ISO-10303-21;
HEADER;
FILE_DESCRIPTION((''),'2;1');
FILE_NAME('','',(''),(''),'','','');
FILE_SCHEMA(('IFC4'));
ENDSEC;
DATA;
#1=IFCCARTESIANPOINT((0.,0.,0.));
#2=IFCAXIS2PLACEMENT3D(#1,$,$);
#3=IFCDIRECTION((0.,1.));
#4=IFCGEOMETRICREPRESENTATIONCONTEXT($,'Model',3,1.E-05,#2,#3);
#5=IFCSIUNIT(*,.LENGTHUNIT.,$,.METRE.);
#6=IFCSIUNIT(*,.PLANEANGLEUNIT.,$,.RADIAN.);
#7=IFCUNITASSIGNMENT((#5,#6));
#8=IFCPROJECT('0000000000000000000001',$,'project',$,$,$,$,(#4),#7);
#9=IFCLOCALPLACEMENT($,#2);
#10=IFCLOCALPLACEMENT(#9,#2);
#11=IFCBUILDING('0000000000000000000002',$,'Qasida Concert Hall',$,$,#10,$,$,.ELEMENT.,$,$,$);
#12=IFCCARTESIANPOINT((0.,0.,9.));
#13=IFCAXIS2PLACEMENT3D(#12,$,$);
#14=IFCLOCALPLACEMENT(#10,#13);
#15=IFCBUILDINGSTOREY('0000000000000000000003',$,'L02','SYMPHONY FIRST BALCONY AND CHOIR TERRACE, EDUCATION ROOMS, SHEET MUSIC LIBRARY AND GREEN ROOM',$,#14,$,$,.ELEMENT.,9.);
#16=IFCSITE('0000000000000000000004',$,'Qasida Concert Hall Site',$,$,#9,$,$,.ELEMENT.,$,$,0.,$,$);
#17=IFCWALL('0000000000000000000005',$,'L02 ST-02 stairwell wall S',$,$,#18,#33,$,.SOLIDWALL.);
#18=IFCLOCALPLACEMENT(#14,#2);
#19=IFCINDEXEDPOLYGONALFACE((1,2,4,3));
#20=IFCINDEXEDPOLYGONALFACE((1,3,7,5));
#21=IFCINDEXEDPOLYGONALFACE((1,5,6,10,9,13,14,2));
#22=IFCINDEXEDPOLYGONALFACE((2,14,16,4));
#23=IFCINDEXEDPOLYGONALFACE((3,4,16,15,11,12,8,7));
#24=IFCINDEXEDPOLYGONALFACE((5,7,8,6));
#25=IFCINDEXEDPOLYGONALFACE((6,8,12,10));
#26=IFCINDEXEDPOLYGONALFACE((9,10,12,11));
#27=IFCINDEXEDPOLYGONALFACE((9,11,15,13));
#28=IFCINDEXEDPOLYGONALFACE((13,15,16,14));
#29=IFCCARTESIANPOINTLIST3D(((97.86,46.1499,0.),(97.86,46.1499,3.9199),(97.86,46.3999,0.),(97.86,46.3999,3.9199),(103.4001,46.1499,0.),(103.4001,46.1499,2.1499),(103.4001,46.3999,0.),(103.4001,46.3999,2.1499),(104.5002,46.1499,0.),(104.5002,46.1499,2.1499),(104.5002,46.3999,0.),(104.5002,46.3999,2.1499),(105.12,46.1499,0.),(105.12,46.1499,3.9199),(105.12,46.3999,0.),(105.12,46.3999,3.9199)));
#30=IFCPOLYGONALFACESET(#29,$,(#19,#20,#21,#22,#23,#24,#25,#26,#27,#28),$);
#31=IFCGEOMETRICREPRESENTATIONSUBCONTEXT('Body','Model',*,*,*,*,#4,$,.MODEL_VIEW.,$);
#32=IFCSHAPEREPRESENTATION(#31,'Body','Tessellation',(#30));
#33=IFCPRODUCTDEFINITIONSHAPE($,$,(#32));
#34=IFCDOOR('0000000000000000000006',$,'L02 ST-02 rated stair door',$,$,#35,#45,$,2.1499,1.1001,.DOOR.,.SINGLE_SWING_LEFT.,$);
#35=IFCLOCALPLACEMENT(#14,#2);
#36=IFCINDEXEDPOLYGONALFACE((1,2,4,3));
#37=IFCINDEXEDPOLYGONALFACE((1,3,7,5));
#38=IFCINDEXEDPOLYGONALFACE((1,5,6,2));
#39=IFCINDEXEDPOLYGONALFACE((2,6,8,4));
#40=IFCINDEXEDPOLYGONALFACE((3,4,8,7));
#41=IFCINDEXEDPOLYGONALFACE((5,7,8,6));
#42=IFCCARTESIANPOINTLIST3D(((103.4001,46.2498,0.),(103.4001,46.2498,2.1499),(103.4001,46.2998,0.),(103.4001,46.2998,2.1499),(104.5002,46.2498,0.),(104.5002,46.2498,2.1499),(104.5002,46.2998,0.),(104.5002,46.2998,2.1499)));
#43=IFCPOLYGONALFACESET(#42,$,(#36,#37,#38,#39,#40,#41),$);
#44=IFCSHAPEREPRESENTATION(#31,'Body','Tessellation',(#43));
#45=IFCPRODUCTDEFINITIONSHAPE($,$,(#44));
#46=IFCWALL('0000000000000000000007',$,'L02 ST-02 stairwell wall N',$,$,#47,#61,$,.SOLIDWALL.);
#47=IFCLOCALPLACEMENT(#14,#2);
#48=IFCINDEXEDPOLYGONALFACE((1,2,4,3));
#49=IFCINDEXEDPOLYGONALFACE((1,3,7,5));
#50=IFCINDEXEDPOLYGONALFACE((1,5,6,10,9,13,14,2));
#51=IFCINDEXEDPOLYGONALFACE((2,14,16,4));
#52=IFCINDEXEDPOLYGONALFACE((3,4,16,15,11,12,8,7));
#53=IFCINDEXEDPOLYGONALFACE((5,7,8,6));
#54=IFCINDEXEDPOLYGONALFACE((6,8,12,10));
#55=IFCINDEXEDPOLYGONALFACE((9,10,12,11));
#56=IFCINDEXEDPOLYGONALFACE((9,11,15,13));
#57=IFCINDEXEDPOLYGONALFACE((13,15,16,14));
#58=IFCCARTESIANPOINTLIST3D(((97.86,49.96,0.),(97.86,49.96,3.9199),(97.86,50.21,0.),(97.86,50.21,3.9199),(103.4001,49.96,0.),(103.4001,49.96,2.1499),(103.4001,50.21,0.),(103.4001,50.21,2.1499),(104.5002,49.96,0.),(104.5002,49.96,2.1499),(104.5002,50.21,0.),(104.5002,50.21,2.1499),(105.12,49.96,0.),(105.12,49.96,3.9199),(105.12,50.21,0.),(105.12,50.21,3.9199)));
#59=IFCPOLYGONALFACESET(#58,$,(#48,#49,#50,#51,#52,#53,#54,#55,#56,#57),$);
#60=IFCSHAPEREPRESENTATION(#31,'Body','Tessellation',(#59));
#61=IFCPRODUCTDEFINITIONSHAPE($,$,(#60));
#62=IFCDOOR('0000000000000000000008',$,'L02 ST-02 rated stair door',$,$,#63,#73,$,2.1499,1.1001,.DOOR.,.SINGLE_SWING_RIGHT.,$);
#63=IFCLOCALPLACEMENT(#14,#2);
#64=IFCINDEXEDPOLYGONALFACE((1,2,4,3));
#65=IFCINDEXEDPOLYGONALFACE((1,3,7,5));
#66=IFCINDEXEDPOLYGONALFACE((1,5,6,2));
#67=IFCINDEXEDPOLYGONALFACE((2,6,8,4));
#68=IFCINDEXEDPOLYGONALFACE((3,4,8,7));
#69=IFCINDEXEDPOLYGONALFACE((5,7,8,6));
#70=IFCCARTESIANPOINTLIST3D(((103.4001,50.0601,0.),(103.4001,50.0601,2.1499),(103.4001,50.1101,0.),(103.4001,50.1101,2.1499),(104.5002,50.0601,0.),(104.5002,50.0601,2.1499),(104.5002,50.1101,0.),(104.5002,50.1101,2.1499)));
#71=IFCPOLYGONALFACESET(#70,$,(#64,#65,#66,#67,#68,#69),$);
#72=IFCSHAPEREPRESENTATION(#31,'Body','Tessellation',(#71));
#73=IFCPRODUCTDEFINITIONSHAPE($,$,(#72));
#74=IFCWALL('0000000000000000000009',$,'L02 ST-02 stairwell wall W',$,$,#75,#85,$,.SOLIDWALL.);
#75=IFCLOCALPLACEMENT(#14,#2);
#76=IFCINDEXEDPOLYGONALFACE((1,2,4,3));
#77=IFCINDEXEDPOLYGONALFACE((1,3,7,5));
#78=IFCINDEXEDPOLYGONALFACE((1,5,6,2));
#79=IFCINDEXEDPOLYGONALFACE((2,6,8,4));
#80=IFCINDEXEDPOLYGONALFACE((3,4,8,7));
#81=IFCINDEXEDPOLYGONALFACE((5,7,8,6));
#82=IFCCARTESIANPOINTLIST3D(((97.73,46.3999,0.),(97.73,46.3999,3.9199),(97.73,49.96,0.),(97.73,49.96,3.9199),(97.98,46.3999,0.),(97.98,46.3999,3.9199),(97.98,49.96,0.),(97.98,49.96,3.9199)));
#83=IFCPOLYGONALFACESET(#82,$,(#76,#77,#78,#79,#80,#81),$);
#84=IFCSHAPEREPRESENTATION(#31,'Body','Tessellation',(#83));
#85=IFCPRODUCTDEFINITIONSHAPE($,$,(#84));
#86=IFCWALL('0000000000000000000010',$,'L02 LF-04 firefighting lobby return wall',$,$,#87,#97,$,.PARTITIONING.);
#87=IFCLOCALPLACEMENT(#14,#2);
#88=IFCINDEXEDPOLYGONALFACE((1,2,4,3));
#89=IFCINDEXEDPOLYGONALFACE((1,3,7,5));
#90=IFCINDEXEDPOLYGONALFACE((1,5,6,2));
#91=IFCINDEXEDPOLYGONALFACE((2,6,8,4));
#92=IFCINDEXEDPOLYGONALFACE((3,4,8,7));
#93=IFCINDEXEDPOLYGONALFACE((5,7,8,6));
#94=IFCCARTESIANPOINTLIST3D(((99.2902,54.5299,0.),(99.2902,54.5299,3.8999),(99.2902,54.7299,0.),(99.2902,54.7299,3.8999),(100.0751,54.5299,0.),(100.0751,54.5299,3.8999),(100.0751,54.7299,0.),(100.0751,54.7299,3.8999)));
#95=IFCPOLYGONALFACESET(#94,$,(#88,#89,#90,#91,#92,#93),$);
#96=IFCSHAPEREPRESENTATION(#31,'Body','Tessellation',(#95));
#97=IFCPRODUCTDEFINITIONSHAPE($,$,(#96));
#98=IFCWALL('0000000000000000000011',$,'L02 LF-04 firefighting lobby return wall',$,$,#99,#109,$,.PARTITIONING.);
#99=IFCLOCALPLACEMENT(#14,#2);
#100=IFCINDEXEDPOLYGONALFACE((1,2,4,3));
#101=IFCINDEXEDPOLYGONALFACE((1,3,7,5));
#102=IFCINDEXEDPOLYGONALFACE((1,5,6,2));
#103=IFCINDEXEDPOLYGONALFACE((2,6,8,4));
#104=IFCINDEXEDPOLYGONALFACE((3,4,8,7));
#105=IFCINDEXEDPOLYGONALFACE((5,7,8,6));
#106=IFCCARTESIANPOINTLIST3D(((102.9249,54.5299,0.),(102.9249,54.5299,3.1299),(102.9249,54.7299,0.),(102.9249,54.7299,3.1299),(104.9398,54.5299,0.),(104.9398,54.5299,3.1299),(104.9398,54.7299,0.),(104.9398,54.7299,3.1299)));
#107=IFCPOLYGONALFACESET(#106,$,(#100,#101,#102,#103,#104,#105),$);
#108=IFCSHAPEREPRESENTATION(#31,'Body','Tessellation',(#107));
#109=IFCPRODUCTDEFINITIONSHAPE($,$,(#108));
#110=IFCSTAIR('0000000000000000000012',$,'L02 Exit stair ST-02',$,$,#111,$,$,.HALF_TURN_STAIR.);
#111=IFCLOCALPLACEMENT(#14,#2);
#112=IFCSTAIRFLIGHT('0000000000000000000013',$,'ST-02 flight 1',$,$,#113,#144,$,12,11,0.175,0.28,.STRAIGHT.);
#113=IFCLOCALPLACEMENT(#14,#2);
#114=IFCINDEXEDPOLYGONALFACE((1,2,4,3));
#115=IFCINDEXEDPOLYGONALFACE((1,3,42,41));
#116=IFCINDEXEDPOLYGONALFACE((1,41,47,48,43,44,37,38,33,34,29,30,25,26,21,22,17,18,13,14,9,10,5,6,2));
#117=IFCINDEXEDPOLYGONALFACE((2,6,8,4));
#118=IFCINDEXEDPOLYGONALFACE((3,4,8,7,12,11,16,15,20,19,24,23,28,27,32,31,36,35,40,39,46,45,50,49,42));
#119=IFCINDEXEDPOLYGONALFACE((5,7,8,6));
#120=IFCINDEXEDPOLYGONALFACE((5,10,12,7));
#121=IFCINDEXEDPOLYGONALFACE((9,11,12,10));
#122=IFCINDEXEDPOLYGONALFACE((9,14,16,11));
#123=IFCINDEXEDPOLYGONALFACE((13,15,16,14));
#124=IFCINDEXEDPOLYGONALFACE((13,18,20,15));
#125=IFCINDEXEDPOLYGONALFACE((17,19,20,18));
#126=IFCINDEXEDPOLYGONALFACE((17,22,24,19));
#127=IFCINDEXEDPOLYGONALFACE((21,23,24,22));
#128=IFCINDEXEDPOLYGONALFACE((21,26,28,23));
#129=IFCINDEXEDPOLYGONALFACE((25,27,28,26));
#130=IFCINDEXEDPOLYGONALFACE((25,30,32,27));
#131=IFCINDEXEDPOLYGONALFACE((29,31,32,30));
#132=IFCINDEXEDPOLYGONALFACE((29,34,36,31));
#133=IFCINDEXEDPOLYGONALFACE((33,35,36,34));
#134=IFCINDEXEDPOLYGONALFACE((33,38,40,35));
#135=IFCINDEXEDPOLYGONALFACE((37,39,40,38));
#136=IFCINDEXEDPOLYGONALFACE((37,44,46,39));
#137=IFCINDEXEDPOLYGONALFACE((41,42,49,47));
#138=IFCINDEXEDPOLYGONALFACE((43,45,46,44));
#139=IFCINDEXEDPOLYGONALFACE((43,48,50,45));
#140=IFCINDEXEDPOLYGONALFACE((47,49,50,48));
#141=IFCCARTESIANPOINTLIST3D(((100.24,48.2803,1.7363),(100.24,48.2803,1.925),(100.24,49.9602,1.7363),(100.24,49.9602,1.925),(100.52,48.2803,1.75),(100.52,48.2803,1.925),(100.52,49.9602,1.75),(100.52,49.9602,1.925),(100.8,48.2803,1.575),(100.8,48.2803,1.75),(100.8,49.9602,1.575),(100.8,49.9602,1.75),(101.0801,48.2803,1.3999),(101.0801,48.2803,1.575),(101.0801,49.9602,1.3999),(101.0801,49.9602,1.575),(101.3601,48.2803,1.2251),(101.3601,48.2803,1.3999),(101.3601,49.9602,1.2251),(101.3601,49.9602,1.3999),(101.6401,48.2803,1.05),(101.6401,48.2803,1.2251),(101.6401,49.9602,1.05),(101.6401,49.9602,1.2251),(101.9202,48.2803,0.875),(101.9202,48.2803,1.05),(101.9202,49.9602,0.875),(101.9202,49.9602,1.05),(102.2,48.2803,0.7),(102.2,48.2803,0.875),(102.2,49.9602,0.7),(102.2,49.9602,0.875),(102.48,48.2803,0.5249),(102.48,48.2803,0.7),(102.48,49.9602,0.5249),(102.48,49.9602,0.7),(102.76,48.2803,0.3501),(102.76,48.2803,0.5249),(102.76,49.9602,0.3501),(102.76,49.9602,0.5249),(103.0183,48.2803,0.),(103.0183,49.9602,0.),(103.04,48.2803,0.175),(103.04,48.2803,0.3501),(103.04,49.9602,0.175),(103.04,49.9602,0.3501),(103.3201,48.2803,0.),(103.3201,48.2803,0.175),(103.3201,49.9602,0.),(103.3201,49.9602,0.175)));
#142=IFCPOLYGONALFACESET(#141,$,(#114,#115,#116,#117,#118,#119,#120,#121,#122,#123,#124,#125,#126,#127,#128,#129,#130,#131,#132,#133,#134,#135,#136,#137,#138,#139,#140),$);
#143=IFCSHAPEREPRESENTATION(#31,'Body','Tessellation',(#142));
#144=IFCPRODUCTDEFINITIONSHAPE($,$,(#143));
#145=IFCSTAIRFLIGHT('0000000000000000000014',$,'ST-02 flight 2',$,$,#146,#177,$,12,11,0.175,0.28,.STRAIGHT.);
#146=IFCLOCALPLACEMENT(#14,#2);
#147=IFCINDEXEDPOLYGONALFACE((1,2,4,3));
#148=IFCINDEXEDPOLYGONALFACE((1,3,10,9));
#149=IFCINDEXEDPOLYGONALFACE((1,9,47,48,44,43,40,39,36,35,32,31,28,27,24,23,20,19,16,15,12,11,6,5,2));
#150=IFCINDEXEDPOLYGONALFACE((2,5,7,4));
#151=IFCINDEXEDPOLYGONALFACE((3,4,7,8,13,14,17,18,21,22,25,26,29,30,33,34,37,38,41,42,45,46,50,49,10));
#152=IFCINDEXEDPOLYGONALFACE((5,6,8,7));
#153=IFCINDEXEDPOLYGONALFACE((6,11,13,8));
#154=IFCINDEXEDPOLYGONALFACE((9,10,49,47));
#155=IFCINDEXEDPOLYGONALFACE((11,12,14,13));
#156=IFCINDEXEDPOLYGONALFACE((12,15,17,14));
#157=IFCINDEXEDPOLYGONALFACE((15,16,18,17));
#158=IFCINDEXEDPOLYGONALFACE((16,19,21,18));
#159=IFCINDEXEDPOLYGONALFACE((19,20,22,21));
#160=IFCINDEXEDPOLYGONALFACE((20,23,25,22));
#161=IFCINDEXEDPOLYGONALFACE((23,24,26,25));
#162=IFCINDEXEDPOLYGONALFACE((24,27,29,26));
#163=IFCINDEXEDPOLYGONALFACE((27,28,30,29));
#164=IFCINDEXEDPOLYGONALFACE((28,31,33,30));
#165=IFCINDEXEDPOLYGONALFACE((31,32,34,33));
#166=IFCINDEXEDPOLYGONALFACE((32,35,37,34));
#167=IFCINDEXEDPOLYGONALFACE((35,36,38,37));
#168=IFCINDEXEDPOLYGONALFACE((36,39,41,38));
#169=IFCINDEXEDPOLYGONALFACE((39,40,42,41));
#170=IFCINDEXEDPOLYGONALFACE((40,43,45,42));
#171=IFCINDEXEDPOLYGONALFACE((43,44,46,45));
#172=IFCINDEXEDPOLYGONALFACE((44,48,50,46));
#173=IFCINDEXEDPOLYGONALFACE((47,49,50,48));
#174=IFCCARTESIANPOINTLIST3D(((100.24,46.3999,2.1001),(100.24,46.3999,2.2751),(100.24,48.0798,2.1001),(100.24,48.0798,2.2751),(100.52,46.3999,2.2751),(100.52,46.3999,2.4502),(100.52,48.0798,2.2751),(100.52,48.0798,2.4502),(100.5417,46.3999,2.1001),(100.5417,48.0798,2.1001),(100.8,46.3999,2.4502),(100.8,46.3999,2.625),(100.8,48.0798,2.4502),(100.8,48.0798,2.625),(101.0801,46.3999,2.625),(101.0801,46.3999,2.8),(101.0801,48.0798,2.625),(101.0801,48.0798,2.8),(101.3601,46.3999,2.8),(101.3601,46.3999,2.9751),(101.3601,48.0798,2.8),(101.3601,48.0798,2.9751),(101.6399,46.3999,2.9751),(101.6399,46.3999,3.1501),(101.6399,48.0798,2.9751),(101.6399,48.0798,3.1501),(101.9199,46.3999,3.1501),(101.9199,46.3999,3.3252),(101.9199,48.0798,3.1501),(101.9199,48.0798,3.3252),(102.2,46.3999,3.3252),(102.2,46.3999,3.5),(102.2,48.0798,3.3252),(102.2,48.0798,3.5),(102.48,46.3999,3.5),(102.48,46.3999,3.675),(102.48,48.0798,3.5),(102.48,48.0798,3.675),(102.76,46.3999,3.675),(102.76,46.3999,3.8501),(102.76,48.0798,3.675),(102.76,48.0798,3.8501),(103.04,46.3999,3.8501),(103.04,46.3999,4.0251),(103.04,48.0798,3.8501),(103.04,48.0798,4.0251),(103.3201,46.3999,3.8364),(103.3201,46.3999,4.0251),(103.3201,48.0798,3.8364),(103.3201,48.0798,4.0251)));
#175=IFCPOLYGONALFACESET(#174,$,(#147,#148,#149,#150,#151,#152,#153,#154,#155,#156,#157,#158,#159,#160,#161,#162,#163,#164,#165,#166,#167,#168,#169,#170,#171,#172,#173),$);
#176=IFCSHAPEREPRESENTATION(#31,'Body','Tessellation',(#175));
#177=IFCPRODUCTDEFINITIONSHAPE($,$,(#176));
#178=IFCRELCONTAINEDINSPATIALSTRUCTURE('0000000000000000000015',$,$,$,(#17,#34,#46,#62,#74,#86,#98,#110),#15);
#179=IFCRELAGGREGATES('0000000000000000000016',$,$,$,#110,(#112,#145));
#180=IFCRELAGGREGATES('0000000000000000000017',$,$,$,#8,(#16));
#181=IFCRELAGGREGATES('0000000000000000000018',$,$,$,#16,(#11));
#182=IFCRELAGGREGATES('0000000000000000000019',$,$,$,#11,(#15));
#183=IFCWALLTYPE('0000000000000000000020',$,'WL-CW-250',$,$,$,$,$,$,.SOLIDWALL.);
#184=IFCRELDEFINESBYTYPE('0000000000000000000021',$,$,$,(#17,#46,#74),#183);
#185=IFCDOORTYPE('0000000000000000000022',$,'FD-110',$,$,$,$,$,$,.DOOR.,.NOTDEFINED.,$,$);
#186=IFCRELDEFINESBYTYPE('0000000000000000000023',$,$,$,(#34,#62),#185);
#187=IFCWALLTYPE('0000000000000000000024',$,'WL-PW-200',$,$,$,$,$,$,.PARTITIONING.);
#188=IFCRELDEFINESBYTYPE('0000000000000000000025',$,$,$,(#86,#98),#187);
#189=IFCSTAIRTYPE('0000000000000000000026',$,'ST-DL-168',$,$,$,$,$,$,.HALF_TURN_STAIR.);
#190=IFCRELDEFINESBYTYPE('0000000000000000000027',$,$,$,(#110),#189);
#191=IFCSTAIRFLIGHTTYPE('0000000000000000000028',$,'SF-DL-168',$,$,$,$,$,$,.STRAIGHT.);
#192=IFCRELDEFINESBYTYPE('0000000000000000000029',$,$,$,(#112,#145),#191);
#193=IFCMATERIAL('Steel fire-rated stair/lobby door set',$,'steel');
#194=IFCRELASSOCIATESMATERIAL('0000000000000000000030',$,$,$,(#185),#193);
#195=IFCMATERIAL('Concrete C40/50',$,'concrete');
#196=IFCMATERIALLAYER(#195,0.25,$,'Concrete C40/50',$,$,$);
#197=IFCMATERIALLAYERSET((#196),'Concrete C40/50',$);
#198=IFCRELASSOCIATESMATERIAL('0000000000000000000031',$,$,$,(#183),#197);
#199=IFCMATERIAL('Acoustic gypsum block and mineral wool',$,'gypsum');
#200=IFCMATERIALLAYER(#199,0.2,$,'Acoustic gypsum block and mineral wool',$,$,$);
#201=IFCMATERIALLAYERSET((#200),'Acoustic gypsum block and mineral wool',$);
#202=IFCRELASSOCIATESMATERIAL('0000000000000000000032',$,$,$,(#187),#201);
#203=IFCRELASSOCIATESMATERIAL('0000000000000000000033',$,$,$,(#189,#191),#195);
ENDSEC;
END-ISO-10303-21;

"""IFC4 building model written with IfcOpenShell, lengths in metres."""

from ifc_helpers import new_model, si_unit, direction, frame, frame_2d, origin, place, context, subcontext, project, spatial, polyline, rectangle, outline, extrude, material, layer, layer_set, type_object, element, fill, aggregate, save


model = new_model("IFC4")

# Units and contexts
model_context = context("Model", 3, precision=1e-05, world=origin(), true_north=direction((0.0, 1.0)))
body_context = subcontext(model_context, "Body", "Model", "MODEL_VIEW")
ifc_project = project(units=[si_unit("LENGTHUNIT", "METRE"), si_unit("PLANEANGLEUNIT", "RADIAN")], contexts=[model_context])

# Site, building, storey
site_placement = place(None, origin())
site = spatial("IfcSite", under=ifc_project, at=site_placement, Name="Qasida Concert Hall Site", CompositionType="ELEMENT", RefElevation=0.0)
building_placement = place(site_placement, origin())
building = spatial("IfcBuilding", under=site, at=building_placement, Name="Qasida Concert Hall", CompositionType="ELEMENT")
storey_placement = place(building_placement, frame((0.0, 0.0, 9.0)))
storey = spatial("IfcBuildingStorey", under=building, at=storey_placement, Name="L02", Description="SYMPHONY FIRST BALCONY AND CHOIR TERRACE, EDUCATION ROOMS, SHEET MUSIC LIBRARY AND GREEN ROOM", CompositionType="ELEMENT", Elevation=9.0)

# Shared definitions
ifc_material_1 = material(Name="Concrete C40/50", Category="concrete")

# Walls, openings, doors
ifc_material_2 = material(Name="Steel fire-rated stair/lobby door set", Category="steel")
door_type_1 = type_object("IfcDoorType", Name="FD-110", OperationType="NOTDEFINED", PredefinedType="DOOR", material=ifc_material_2)
ifc_layer_1 = layer(ifc_material_1, 0.25, Name="Concrete C40/50")
ifc_layer_set_1 = layer_set([ifc_layer_1], Name="Concrete C40/50")
wall_type_1 = type_object("IfcWallType", Name="WL-CW-250", PredefinedType="SOLIDWALL", material=ifc_layer_set_1)
wall_1_placement = place(storey_placement, frame((97.8601, 46.2749, 0.0), z_axis=(0.0, 0.0, 1.0), x_axis=(1.0, 0.0, 0.0)))
wall_1 = element("IfcWall", 1, at=wall_1_placement, inside=storey, type_object=wall_type_1, Name="L02 ST-02 stairwell wall S", PredefinedType="SOLIDWALL", context=body_context, shape_type="SweptSolid", body=[
    extrude(rectangle(XDim=7.26, YDim=0.25, at=frame_2d((3.6299, 0.0))), origin(), (0.0, 0.0, 1.0), 3.9199),
])
opening_1_placement = place(wall_1_placement, frame((5.54, 0.0, 0.0)))
opening_1 = element("IfcOpeningElement", 2, at=opening_1_placement, cuts=wall_1, PredefinedType="OPENING", context=body_context, shape_type="SweptSolid", body=[
    extrude(rectangle(XDim=1.1001, YDim=2.1499, at=frame_2d((0.55, 1.075))), frame((0.0, 0.135, 0.0), z_axis=(0.0, -1.0, 0.0), x_axis=(1.0, 0.0, 0.0)), (0.0, 0.0, 1.0), 0.27),
])
door_1_placement = place(opening_1_placement, origin())
door_1 = element("IfcDoor", 3, at=door_1_placement, inside=storey, type_object=door_type_1, Name="L02 ST-02 rated stair door", OperationType="SINGLE_SWING_LEFT", OverallHeight=2.1499, OverallWidth=1.1001, PredefinedType="DOOR", context=body_context, shape_type="SweptSolid", body=[
    extrude(rectangle(XDim=1.1001, YDim=2.1499, at=frame_2d((0.55, 1.075))), frame((0.0, 0.0249, 0.0), z_axis=(0.0, -1.0, 0.0), x_axis=(1.0, 0.0, 0.0)), (0.0, 0.0, 1.0), 0.05),
])
fill(opening_1, door_1)
wall_2_placement = place(storey_placement, frame((97.8601, 50.085, 0.0), z_axis=(0.0, 0.0, 1.0), x_axis=(1.0, 0.0, 0.0)))
wall_2 = element("IfcWall", 4, at=wall_2_placement, inside=storey, type_object=wall_type_1, Name="L02 ST-02 stairwell wall N", PredefinedType="SOLIDWALL", context=body_context, shape_type="SweptSolid", body=[
    extrude(rectangle(XDim=7.26, YDim=0.25, at=frame_2d((3.6299, 0.0))), origin(), (0.0, 0.0, 1.0), 3.9199),
])
opening_2_placement = place(wall_2_placement, frame((5.54, 0.0, 0.0)))
opening_2 = element("IfcOpeningElement", 5, at=opening_2_placement, cuts=wall_2, PredefinedType="OPENING", context=body_context, shape_type="SweptSolid", body=[
    extrude(rectangle(XDim=1.1001, YDim=2.1499, at=frame_2d((0.55, 1.075))), frame((0.0, 0.135, 0.0), z_axis=(0.0, -1.0, 0.0), x_axis=(1.0, 0.0, 0.0)), (0.0, 0.0, 1.0), 0.27),
])
door_2_placement = place(opening_2_placement, frame((1.1001, 0.0, 0.0), z_axis=(0.0, 0.0, 1.0), x_axis=(-1.0, 0.0, 0.0)))
door_2 = element("IfcDoor", 6, at=door_2_placement, inside=storey, type_object=door_type_1, Name="L02 ST-02 rated stair door", OperationType="SINGLE_SWING_RIGHT", OverallHeight=2.1499, OverallWidth=1.1001, PredefinedType="DOOR", context=body_context, shape_type="SweptSolid", body=[
    extrude(rectangle(XDim=1.1001, YDim=2.1499, at=frame_2d((0.55, 1.075))), frame((0.0, 0.0249, 0.0), z_axis=(0.0, -1.0, 0.0), x_axis=(1.0, 0.0, 0.0)), (0.0, 0.0, 1.0), 0.05),
])
fill(opening_2, door_2)

# Walls
wall_3_placement = place(storey_placement, frame((97.855, 46.3999, 0.0), z_axis=(0.0, 0.0, 1.0), x_axis=(0.0, 1.0, 0.0)))
element("IfcWall", 7, at=wall_3_placement, inside=storey, type_object=wall_type_1, Name="L02 ST-02 stairwell wall W", PredefinedType="SOLIDWALL", context=body_context, shape_type="SweptSolid", body=[
    extrude(rectangle(XDim=3.5601, YDim=0.25, at=frame_2d((1.78, 0.0))), origin(), (0.0, 0.0, 1.0), 3.9199),
])
ifc_material_3 = material(Name="Acoustic gypsum block and mineral wool", Category="gypsum")
ifc_layer_2 = layer(ifc_material_3, 0.2, Name="Acoustic gypsum block and mineral wool")
ifc_layer_set_2 = layer_set([ifc_layer_2], Name="Acoustic gypsum block and mineral wool")
wall_type_2 = type_object("IfcWallType", Name="WL-PW-200", PredefinedType="PARTITIONING", material=ifc_layer_set_2)
wall_4_placement = place(storey_placement, frame((99.29, 54.6299, 0.0), z_axis=(0.0, 0.0, 1.0), x_axis=(1.0, 0.0, 0.0)))
element("IfcWall", 8, at=wall_4_placement, inside=storey, type_object=wall_type_2, Name="L02 LF-04 firefighting lobby return wall", PredefinedType="PARTITIONING", context=body_context, shape_type="SweptSolid", body=[
    extrude(rectangle(XDim=0.7849, YDim=0.2, at=frame_2d((0.3926, 0.0))), origin(), (0.0, 0.0, 1.0), 3.8999),
])
wall_5_placement = place(storey_placement, frame((102.925, 54.6299, 0.0), z_axis=(0.0, 0.0, 1.0), x_axis=(1.0, 0.0, 0.0)))
element("IfcWall", 9, at=wall_5_placement, inside=storey, type_object=wall_type_2, Name="L02 LF-04 firefighting lobby return wall", PredefinedType="PARTITIONING", context=body_context, shape_type="SweptSolid", body=[
    extrude(rectangle(XDim=2.0149, YDim=0.2, at=frame_2d((1.0073, 0.0))), origin(), (0.0, 0.0, 1.0), 3.1299),
])

# Stair, stair flights
stair_type = type_object("IfcStairType", Name="ST-DL-168", PredefinedType="HALF_TURN_STAIR", material=ifc_material_1)
stair_placement = place(storey_placement, origin())
stair = element("IfcStair", 10, at=stair_placement, inside=storey, type_object=stair_type, Name="L02 Exit stair ST-02", PredefinedType="HALF_TURN_STAIR")
stair_flight_type = type_object("IfcStairFlightType", Name="SF-DL-168", PredefinedType="STRAIGHT", material=ifc_material_1)
stair_flight_1_placement = place(storey_placement, frame((103.3201, 49.1201, 0.0), z_axis=(0.0, 0.0, 1.0), x_axis=(-1.0, 0.0, 0.0)))
stair_flight_1 = element("IfcStairFlight", 11, at=stair_flight_1_placement, type_object=stair_flight_type, Name="ST-02 flight 1", NumberOfRisers=12, NumberOfTreads=11, PredefinedType="STRAIGHT", RiserHeight=0.175, TreadLength=0.28, context=body_context, shape_type="SweptSolid", body=[
    extrude(outline(polyline([(0.0, 0.0), (0.0, 0.175), (0.28, 0.175), (0.28, 0.3501), (0.5601, 0.3501), (0.5601, 0.5249), (0.8401, 0.5249), (0.8401, 0.7), (1.1201, 0.7), (1.1201, 0.875), (1.3999, 0.875), (1.3999, 1.05), (1.6799, 1.05), (1.6799, 1.2251), (1.96, 1.2251), (1.96, 1.3999), (2.24, 1.3999), (2.24, 1.575), (2.52, 1.575), (2.52, 1.75), (2.8, 1.75), (2.8, 1.925), (3.0801, 1.925), (3.0801, 2.1001), (3.0801, 1.7363), (0.3018, 0.0), (0.0, 0.0)])), frame((0.0, 0.8398, 0.0), z_axis=(0.0, -1.0, 0.0), x_axis=(1.0, 0.0, 0.0)), (0.0, 0.0, 1.0), 1.6799),
])
stair_flight_2_placement = place(storey_placement, frame((100.24, 47.24, 2.1001), z_axis=(0.0, 0.0, 1.0), x_axis=(1.0, 0.0, 0.0)))
stair_flight_2 = element("IfcStairFlight", 12, at=stair_flight_2_placement, type_object=stair_flight_type, Name="ST-02 flight 2", NumberOfRisers=12, NumberOfTreads=11, PredefinedType="STRAIGHT", RiserHeight=0.175, TreadLength=0.28, context=body_context, shape_type="SweptSolid", body=[
    extrude(outline(polyline([(0.0, 0.0), (0.0, 0.175), (0.28, 0.175), (0.28, 0.3501), (0.5601, 0.3501), (0.5601, 0.5249), (0.8401, 0.5249), (0.8401, 0.7), (1.1201, 0.7), (1.1201, 0.875), (1.3999, 0.875), (1.3999, 1.05), (1.6799, 1.05), (1.6799, 1.2251), (1.96, 1.2251), (1.96, 1.3999), (2.24, 1.3999), (2.24, 1.575), (2.52, 1.575), (2.52, 1.75), (2.8, 1.75), (2.8, 1.925), (3.0801, 1.925), (3.0801, 2.1001), (3.0801, 1.7363), (0.3018, 0.0), (0.0, 0.0)])), frame((0.0, 0.8398, 0.0), z_axis=(0.0, -1.0, 0.0), x_axis=(1.0, 0.0, 0.0)), (0.0, 0.0, 1.0), 1.6799),
])
aggregate(stair, [stair_flight_1, stair_flight_2])

save(model, "model.ifc")
